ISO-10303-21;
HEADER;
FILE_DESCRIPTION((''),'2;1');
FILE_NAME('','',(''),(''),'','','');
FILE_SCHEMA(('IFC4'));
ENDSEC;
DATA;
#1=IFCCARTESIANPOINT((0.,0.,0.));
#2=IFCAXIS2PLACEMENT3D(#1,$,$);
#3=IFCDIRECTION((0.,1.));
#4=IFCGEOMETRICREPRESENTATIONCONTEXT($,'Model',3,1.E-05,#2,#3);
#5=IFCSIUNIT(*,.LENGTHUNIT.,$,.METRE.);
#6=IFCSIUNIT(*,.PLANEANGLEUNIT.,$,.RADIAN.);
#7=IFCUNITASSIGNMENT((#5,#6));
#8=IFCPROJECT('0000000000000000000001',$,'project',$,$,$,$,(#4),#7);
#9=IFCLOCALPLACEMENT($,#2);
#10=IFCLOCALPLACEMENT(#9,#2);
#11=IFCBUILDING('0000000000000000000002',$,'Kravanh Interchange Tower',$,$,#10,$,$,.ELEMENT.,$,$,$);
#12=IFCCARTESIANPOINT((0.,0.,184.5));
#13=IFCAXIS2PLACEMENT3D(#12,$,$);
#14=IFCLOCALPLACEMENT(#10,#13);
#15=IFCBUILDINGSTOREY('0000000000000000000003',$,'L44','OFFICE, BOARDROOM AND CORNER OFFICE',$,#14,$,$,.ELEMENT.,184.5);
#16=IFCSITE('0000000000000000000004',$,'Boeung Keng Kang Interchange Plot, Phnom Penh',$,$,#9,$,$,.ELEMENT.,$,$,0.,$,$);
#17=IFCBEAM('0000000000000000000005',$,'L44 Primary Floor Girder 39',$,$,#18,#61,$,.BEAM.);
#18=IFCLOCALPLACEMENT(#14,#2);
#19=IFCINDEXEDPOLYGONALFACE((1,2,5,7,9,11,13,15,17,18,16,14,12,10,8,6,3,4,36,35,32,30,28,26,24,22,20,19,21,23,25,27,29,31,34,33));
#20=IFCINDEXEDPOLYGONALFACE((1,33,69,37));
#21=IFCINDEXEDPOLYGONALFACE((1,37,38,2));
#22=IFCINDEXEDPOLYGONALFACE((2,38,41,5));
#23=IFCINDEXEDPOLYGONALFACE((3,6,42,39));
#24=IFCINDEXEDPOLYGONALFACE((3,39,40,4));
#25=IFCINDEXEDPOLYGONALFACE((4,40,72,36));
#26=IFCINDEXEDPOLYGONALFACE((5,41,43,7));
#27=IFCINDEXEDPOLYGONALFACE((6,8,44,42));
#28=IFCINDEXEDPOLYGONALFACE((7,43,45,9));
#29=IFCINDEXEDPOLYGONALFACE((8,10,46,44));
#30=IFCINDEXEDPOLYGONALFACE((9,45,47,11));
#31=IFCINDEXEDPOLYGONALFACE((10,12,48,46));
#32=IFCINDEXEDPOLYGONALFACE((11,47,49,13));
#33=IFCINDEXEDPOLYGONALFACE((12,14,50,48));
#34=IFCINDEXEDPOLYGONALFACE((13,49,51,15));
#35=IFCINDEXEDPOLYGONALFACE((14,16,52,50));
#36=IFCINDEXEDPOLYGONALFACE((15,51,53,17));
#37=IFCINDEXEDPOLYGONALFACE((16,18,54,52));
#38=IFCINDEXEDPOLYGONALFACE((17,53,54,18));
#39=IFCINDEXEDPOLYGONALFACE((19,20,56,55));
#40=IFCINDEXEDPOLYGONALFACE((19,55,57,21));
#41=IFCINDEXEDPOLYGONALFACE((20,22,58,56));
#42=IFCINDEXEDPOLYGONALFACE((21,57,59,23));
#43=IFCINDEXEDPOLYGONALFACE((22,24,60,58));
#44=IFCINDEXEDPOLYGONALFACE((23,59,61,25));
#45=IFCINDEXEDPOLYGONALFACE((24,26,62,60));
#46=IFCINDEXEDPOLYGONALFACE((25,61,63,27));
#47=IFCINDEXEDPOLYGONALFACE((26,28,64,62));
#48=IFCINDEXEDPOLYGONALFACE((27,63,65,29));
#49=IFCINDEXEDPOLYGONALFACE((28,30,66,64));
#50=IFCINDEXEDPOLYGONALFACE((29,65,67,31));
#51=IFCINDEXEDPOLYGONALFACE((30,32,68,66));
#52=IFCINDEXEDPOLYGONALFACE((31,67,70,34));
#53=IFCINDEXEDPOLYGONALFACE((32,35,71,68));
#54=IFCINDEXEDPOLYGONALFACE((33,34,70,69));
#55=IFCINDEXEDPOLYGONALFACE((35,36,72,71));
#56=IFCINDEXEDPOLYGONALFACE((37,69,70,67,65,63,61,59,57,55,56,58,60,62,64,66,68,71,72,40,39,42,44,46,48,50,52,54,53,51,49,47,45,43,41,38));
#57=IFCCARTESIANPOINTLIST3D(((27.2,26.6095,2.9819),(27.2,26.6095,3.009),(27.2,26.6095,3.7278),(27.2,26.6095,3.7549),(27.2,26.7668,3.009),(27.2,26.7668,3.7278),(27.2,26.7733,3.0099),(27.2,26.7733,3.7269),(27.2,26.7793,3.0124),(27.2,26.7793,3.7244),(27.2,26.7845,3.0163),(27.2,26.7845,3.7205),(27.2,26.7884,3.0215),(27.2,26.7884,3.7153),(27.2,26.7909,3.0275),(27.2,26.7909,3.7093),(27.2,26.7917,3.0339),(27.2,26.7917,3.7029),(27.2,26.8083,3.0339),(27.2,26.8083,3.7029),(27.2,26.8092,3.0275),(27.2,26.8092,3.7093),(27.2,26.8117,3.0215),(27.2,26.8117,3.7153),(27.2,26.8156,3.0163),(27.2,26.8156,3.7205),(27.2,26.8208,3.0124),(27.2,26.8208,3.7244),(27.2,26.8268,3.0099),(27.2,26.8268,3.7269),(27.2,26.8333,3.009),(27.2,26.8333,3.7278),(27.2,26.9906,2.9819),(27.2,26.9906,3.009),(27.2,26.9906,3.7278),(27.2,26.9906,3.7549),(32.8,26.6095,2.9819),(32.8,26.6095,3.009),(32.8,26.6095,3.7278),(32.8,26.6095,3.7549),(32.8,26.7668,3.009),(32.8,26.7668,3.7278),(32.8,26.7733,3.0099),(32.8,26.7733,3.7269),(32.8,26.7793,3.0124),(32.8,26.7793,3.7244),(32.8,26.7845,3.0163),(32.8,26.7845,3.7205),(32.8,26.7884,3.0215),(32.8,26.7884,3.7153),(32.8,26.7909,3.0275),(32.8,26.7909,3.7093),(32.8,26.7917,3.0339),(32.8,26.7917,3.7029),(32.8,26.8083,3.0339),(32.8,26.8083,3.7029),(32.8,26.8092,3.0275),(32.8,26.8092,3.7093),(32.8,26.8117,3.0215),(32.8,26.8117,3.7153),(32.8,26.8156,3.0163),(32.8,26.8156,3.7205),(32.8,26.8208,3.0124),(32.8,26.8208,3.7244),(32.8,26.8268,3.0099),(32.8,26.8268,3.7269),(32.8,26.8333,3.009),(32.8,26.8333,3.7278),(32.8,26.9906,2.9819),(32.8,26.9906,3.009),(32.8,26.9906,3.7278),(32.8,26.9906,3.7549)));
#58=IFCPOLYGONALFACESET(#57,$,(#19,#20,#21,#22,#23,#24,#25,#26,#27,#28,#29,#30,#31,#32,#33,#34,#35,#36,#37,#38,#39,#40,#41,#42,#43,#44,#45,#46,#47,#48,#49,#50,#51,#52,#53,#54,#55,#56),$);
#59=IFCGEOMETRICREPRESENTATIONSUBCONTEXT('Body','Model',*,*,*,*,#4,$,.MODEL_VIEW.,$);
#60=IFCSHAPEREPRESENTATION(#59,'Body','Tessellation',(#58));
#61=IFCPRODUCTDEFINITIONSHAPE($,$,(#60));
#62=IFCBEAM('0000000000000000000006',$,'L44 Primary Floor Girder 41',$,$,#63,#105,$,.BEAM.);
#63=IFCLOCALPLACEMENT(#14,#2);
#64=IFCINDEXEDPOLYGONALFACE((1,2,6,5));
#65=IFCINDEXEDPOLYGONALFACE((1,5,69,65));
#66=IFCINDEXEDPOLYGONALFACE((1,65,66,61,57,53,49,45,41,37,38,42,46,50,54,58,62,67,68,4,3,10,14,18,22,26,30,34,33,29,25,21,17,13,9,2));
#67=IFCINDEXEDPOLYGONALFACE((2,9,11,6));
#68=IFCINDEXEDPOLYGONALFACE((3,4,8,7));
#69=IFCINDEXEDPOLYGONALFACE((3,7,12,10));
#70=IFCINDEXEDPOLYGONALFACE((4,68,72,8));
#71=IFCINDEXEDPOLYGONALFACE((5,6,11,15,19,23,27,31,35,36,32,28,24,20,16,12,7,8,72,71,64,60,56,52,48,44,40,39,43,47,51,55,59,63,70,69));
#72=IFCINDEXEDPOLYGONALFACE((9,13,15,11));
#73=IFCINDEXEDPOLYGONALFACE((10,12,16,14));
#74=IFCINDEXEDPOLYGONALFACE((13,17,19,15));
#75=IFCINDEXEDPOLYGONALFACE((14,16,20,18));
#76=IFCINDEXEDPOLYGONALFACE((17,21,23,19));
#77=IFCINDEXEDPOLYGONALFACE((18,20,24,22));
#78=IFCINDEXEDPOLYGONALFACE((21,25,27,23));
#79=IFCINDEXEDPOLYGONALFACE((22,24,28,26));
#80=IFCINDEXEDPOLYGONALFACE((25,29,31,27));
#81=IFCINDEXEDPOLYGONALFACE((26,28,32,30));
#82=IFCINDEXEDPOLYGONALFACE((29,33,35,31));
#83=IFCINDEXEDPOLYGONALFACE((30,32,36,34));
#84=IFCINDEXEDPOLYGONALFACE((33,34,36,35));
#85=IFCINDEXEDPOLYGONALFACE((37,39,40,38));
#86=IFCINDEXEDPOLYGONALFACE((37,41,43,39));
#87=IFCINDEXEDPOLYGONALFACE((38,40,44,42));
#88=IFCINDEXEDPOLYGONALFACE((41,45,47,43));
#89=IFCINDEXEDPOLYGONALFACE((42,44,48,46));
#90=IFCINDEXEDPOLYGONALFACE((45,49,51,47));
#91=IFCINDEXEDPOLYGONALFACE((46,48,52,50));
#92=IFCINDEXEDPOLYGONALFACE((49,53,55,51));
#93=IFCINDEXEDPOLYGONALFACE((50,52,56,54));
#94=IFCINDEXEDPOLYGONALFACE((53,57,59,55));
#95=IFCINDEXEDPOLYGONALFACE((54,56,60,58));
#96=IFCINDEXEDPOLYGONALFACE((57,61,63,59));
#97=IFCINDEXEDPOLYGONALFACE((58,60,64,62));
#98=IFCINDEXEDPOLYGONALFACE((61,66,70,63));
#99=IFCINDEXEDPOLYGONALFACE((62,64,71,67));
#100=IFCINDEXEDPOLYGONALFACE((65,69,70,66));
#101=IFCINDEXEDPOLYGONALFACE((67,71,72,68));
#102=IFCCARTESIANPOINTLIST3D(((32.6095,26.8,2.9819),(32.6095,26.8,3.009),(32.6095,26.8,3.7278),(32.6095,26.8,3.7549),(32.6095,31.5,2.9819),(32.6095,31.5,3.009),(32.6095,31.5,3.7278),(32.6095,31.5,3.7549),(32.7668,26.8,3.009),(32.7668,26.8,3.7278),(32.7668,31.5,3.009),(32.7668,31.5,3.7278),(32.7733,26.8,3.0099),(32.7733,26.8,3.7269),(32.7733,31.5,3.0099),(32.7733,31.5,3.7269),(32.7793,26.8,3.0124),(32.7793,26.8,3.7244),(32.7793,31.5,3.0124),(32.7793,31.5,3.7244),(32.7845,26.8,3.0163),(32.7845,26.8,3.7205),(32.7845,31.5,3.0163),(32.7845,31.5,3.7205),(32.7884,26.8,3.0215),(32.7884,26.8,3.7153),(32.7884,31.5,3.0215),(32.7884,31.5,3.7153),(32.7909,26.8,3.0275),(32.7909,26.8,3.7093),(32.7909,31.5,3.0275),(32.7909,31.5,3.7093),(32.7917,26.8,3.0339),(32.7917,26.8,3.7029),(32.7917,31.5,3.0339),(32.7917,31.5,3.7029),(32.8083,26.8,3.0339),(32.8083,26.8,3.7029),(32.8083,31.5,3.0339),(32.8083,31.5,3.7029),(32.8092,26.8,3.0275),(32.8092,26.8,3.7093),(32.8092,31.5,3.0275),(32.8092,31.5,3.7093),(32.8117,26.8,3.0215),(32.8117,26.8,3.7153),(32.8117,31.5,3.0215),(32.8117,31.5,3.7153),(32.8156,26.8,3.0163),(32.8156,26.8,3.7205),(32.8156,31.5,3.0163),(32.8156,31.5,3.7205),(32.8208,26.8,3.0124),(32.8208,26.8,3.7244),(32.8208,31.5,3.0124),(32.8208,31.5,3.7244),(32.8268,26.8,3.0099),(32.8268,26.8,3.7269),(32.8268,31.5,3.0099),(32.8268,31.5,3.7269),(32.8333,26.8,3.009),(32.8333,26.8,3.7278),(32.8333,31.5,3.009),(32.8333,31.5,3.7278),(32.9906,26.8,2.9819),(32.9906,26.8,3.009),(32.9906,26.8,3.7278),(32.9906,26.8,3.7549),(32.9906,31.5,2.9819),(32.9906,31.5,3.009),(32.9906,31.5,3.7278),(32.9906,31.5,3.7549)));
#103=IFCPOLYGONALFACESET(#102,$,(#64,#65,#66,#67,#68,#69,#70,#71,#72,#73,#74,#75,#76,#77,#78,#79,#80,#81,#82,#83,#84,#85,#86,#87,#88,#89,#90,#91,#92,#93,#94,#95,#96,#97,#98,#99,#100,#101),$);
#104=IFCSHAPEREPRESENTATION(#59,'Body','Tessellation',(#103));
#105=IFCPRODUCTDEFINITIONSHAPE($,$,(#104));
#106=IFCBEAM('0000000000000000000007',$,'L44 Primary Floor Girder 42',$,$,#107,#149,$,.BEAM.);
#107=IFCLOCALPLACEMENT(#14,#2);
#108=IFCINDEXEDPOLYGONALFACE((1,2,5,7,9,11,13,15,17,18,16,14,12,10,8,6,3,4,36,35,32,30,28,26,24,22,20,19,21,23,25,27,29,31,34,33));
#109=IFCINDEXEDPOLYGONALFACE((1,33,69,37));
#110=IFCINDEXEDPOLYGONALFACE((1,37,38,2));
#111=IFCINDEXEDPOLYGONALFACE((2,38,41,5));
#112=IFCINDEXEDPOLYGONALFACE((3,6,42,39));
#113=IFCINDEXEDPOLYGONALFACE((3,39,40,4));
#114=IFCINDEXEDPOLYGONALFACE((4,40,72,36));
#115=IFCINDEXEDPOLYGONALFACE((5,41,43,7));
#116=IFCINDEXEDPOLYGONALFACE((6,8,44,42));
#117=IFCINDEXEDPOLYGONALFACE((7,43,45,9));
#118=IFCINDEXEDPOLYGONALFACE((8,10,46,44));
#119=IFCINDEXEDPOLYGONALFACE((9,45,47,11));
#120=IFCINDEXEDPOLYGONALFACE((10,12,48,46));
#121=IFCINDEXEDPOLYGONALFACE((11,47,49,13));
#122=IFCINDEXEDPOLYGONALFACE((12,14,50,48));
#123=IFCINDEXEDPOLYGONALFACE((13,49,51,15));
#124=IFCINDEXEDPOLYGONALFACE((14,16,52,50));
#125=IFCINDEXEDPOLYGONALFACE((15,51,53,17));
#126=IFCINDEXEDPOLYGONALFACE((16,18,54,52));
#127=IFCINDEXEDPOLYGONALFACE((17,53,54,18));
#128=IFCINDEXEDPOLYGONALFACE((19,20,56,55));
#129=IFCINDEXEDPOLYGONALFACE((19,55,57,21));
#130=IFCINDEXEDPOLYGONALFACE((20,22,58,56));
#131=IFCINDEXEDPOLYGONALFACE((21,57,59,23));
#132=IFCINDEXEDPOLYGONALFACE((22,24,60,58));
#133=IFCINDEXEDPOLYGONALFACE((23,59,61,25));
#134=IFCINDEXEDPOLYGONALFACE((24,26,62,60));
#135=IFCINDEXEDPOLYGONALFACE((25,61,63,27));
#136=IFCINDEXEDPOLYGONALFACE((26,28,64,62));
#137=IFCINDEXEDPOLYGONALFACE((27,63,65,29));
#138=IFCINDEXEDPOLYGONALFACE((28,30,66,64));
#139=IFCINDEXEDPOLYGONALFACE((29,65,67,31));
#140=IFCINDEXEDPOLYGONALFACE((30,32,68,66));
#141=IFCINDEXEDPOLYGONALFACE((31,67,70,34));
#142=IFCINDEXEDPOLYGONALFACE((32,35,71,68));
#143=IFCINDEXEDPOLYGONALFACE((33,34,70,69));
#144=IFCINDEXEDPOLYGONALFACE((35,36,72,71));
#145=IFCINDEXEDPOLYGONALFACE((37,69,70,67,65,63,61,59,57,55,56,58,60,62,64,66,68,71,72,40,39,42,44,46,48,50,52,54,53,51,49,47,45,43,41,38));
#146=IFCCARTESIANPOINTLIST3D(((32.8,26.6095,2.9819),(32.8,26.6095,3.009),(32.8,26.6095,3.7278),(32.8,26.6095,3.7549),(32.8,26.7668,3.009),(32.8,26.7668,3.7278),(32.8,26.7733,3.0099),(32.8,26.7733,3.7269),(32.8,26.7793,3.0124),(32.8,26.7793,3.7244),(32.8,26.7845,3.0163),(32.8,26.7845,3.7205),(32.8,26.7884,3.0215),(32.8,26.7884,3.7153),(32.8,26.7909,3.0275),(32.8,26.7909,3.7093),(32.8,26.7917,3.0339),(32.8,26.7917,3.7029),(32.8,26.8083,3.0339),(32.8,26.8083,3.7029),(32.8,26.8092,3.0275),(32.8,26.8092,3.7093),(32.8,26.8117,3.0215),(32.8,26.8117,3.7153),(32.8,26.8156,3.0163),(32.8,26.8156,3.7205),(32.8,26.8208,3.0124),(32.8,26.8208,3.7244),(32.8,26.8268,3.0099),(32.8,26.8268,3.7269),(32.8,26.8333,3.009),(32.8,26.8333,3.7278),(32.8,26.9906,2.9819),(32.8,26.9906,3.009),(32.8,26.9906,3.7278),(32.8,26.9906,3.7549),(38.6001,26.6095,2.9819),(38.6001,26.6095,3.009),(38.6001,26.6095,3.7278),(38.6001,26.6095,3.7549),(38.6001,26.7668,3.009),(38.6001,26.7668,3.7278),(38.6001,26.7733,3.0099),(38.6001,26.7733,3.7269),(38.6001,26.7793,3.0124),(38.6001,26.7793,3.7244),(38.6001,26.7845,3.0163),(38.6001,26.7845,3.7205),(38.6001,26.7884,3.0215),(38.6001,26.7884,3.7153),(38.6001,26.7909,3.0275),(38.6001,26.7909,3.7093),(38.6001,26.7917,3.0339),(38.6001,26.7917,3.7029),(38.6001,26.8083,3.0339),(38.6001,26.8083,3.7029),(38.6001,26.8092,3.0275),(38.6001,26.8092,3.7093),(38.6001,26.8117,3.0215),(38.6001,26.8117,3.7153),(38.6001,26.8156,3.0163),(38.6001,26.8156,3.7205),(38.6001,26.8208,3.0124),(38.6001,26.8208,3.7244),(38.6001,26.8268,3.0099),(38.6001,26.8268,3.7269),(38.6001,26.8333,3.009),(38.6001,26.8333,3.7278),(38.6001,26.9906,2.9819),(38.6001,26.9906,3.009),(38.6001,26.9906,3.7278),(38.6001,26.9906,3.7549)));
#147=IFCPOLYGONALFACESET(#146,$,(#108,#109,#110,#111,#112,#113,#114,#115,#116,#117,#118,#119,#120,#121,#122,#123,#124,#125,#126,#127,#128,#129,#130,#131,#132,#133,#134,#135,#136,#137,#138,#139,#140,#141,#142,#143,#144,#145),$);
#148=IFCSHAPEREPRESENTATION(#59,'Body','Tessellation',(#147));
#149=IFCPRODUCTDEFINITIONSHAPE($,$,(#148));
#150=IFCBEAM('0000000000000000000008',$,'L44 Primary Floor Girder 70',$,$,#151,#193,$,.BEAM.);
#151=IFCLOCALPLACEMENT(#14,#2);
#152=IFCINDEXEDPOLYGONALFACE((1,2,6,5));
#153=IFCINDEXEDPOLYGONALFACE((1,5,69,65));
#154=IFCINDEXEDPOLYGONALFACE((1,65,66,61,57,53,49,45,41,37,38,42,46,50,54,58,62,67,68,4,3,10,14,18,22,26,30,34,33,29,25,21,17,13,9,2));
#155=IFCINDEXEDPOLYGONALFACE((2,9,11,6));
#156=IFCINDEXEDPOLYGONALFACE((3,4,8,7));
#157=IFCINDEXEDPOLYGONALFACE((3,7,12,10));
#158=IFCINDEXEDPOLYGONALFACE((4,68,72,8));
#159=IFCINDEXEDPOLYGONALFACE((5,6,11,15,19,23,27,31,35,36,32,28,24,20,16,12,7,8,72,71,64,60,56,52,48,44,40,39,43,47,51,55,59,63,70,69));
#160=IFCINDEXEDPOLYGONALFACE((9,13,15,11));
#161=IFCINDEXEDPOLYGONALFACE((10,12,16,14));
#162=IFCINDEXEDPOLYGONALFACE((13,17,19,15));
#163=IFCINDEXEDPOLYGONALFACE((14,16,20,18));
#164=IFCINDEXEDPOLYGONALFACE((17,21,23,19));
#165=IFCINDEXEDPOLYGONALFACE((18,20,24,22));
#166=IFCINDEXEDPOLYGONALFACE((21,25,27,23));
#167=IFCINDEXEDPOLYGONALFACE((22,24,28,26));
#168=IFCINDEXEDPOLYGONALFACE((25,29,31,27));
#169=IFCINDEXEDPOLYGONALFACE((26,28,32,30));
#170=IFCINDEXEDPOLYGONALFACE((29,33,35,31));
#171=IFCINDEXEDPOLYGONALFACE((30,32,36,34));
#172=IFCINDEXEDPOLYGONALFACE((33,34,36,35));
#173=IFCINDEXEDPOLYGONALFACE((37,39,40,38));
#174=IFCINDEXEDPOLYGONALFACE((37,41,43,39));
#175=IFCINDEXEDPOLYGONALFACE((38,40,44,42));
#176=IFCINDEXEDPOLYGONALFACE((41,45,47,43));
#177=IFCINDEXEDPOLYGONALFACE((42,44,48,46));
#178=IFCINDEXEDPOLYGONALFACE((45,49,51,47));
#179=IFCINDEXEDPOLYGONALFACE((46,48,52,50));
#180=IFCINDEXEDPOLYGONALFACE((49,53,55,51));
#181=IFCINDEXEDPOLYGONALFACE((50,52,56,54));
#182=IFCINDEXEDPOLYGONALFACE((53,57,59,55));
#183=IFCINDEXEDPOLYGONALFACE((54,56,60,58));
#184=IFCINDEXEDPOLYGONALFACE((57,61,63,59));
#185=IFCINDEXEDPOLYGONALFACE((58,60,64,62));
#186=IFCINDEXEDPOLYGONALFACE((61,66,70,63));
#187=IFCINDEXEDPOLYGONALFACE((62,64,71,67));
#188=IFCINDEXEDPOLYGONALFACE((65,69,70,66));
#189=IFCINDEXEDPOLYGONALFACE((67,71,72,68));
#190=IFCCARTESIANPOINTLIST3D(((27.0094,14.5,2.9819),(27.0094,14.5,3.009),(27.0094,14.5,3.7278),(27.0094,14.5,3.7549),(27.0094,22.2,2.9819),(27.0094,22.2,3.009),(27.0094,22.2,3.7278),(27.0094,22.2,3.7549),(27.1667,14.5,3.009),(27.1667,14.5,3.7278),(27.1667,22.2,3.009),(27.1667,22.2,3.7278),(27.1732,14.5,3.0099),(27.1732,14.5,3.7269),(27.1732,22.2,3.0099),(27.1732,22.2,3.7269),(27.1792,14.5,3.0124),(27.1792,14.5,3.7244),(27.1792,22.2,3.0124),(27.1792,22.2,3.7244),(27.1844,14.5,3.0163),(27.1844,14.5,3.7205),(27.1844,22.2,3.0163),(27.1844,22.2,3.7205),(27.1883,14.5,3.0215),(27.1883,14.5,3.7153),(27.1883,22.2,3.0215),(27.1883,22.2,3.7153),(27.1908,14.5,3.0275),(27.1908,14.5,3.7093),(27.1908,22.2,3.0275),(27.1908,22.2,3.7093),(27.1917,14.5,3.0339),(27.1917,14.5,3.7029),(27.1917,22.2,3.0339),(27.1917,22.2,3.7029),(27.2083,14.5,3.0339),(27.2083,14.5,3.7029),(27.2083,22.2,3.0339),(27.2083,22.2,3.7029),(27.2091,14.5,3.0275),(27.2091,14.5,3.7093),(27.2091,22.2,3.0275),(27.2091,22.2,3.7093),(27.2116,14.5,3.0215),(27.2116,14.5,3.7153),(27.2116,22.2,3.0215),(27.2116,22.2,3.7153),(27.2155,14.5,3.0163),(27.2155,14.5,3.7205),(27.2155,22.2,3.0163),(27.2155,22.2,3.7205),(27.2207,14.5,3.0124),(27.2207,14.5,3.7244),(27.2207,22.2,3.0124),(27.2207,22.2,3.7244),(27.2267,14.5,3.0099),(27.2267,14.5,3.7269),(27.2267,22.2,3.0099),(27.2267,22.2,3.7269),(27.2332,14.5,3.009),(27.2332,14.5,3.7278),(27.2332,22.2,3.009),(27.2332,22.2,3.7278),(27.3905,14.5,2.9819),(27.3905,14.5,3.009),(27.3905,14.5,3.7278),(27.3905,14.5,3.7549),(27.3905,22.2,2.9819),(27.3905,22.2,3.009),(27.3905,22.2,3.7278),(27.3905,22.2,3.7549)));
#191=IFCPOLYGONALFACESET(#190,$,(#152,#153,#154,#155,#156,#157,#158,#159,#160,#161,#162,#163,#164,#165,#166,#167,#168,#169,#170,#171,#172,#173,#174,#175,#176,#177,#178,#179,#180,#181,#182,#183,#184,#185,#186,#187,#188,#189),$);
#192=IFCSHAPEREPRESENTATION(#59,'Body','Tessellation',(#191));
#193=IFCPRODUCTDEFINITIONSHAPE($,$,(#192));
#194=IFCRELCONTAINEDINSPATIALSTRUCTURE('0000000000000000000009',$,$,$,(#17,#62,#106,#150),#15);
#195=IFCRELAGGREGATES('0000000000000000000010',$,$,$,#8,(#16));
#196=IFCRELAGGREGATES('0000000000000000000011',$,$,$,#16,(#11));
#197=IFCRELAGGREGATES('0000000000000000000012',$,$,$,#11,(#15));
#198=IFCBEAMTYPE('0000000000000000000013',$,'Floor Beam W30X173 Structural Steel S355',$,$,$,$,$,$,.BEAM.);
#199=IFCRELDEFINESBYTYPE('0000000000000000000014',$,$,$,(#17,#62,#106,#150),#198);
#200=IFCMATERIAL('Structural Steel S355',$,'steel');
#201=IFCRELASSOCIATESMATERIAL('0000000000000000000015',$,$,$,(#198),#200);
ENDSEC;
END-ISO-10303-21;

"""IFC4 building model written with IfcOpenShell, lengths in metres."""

from ifc_helpers import new_model, si_unit, direction, frame, origin, origin_2d, place, context, subcontext, project, spatial, i_section, extrude, material, material_profile, profile_set, type_object, element, save


model = new_model("IFC4")

# Units and contexts
model_context = context("Model", 3, precision=1e-05, world=origin(), true_north=direction((0.0, 1.0)))
body_context = subcontext(model_context, "Body", "Model", "MODEL_VIEW")
ifc_project = project(units=[si_unit("LENGTHUNIT", "METRE"), si_unit("PLANEANGLEUNIT", "RADIAN")], contexts=[model_context])

# Site, building, storey
site_placement = place(None, origin())
site = spatial("IfcSite", under=ifc_project, at=site_placement, Name="Boeung Keng Kang Interchange Plot, Phnom Penh", CompositionType="ELEMENT", RefElevation=0.0)
building_placement = place(site_placement, origin())
building = spatial("IfcBuilding", under=site, at=building_placement, Name="Kravanh Interchange Tower", CompositionType="ELEMENT")
storey_placement = place(building_placement, frame((0.0, 0.0, 184.5)))
storey = spatial("IfcBuildingStorey", under=building, at=storey_placement, Name="L44", Description="OFFICE, BOARDROOM AND CORNER OFFICE", CompositionType="ELEMENT", Elevation=184.5)

# Beams
ifc_material_1 = material(Name="Structural Steel S355", Category="steel")
ifc_material_profile_1 = material_profile(ifc_material_1, i_section(OverallWidth=0.3811, OverallDepth=0.7729, WebThickness=0.0166, FlangeThickness=0.0271, FilletRadius=0.0249, at=origin_2d()), Name="W30X173")
ifc_profile_set_1 = profile_set([ifc_material_profile_1], Name="Structural Steel S355")
beam_type_1 = type_object("IfcBeamType", Name="Floor Beam W30X173 Structural Steel S355", PredefinedType="BEAM", material=ifc_profile_set_1)
beam_1_placement = place(storey_placement, frame((27.2, 26.8, 3.3684), z_axis=(1.0, 0.0, 0.0), x_axis=(0.0, 1.0, 0.0)))
element("IfcBeam", 1, at=beam_1_placement, inside=storey, type_object=beam_type_1, Name="L44 Primary Floor Girder 39", PredefinedType="BEAM", context=body_context, shape_type="SweptSolid", body=[
    extrude(i_section(OverallWidth=0.3811, OverallDepth=0.7729, WebThickness=0.0166, FlangeThickness=0.0271, FilletRadius=0.0249, at=origin_2d()), origin(), (0.0, 0.0, 1.0), 5.6001),
])
beam_2_placement = place(storey_placement, frame((32.8, 26.8, 3.3684), z_axis=(0.0, 1.0, 0.0), x_axis=(-1.0, 0.0, 0.0)))
element("IfcBeam", 2, at=beam_2_placement, inside=storey, type_object=beam_type_1, Name="L44 Primary Floor Girder 41", PredefinedType="BEAM", context=body_context, shape_type="SweptSolid", body=[
    extrude(i_section(OverallWidth=0.3811, OverallDepth=0.7729, WebThickness=0.0166, FlangeThickness=0.0271, FilletRadius=0.0249, at=origin_2d()), origin(), (0.0, 0.0, 1.0), 4.7),
])
beam_3_placement = place(storey_placement, frame((32.8, 26.8, 3.3684), z_axis=(1.0, 0.0, 0.0), x_axis=(0.0, 1.0, 0.0)))
element("IfcBeam", 3, at=beam_3_placement, inside=storey, type_object=beam_type_1, Name="L44 Primary Floor Girder 42", PredefinedType="BEAM", context=body_context, shape_type="SweptSolid", body=[
    extrude(i_section(OverallWidth=0.3811, OverallDepth=0.7729, WebThickness=0.0166, FlangeThickness=0.0271, FilletRadius=0.0249, at=origin_2d()), origin(), (0.0, 0.0, 1.0), 5.8),
])
beam_4_placement = place(storey_placement, frame((27.2, 14.5, 3.3684), z_axis=(0.0, 1.0, 0.0), x_axis=(-1.0, 0.0, 0.0)))
element("IfcBeam", 4, at=beam_4_placement, inside=storey, type_object=beam_type_1, Name="L44 Primary Floor Girder 70", PredefinedType="BEAM", context=body_context, shape_type="SweptSolid", body=[
    extrude(i_section(OverallWidth=0.3811, OverallDepth=0.7729, WebThickness=0.0166, FlangeThickness=0.0271, FilletRadius=0.0249, at=origin_2d()), origin(), (0.0, 0.0, 1.0), 7.7),
])

save(model, "model.ifc")
